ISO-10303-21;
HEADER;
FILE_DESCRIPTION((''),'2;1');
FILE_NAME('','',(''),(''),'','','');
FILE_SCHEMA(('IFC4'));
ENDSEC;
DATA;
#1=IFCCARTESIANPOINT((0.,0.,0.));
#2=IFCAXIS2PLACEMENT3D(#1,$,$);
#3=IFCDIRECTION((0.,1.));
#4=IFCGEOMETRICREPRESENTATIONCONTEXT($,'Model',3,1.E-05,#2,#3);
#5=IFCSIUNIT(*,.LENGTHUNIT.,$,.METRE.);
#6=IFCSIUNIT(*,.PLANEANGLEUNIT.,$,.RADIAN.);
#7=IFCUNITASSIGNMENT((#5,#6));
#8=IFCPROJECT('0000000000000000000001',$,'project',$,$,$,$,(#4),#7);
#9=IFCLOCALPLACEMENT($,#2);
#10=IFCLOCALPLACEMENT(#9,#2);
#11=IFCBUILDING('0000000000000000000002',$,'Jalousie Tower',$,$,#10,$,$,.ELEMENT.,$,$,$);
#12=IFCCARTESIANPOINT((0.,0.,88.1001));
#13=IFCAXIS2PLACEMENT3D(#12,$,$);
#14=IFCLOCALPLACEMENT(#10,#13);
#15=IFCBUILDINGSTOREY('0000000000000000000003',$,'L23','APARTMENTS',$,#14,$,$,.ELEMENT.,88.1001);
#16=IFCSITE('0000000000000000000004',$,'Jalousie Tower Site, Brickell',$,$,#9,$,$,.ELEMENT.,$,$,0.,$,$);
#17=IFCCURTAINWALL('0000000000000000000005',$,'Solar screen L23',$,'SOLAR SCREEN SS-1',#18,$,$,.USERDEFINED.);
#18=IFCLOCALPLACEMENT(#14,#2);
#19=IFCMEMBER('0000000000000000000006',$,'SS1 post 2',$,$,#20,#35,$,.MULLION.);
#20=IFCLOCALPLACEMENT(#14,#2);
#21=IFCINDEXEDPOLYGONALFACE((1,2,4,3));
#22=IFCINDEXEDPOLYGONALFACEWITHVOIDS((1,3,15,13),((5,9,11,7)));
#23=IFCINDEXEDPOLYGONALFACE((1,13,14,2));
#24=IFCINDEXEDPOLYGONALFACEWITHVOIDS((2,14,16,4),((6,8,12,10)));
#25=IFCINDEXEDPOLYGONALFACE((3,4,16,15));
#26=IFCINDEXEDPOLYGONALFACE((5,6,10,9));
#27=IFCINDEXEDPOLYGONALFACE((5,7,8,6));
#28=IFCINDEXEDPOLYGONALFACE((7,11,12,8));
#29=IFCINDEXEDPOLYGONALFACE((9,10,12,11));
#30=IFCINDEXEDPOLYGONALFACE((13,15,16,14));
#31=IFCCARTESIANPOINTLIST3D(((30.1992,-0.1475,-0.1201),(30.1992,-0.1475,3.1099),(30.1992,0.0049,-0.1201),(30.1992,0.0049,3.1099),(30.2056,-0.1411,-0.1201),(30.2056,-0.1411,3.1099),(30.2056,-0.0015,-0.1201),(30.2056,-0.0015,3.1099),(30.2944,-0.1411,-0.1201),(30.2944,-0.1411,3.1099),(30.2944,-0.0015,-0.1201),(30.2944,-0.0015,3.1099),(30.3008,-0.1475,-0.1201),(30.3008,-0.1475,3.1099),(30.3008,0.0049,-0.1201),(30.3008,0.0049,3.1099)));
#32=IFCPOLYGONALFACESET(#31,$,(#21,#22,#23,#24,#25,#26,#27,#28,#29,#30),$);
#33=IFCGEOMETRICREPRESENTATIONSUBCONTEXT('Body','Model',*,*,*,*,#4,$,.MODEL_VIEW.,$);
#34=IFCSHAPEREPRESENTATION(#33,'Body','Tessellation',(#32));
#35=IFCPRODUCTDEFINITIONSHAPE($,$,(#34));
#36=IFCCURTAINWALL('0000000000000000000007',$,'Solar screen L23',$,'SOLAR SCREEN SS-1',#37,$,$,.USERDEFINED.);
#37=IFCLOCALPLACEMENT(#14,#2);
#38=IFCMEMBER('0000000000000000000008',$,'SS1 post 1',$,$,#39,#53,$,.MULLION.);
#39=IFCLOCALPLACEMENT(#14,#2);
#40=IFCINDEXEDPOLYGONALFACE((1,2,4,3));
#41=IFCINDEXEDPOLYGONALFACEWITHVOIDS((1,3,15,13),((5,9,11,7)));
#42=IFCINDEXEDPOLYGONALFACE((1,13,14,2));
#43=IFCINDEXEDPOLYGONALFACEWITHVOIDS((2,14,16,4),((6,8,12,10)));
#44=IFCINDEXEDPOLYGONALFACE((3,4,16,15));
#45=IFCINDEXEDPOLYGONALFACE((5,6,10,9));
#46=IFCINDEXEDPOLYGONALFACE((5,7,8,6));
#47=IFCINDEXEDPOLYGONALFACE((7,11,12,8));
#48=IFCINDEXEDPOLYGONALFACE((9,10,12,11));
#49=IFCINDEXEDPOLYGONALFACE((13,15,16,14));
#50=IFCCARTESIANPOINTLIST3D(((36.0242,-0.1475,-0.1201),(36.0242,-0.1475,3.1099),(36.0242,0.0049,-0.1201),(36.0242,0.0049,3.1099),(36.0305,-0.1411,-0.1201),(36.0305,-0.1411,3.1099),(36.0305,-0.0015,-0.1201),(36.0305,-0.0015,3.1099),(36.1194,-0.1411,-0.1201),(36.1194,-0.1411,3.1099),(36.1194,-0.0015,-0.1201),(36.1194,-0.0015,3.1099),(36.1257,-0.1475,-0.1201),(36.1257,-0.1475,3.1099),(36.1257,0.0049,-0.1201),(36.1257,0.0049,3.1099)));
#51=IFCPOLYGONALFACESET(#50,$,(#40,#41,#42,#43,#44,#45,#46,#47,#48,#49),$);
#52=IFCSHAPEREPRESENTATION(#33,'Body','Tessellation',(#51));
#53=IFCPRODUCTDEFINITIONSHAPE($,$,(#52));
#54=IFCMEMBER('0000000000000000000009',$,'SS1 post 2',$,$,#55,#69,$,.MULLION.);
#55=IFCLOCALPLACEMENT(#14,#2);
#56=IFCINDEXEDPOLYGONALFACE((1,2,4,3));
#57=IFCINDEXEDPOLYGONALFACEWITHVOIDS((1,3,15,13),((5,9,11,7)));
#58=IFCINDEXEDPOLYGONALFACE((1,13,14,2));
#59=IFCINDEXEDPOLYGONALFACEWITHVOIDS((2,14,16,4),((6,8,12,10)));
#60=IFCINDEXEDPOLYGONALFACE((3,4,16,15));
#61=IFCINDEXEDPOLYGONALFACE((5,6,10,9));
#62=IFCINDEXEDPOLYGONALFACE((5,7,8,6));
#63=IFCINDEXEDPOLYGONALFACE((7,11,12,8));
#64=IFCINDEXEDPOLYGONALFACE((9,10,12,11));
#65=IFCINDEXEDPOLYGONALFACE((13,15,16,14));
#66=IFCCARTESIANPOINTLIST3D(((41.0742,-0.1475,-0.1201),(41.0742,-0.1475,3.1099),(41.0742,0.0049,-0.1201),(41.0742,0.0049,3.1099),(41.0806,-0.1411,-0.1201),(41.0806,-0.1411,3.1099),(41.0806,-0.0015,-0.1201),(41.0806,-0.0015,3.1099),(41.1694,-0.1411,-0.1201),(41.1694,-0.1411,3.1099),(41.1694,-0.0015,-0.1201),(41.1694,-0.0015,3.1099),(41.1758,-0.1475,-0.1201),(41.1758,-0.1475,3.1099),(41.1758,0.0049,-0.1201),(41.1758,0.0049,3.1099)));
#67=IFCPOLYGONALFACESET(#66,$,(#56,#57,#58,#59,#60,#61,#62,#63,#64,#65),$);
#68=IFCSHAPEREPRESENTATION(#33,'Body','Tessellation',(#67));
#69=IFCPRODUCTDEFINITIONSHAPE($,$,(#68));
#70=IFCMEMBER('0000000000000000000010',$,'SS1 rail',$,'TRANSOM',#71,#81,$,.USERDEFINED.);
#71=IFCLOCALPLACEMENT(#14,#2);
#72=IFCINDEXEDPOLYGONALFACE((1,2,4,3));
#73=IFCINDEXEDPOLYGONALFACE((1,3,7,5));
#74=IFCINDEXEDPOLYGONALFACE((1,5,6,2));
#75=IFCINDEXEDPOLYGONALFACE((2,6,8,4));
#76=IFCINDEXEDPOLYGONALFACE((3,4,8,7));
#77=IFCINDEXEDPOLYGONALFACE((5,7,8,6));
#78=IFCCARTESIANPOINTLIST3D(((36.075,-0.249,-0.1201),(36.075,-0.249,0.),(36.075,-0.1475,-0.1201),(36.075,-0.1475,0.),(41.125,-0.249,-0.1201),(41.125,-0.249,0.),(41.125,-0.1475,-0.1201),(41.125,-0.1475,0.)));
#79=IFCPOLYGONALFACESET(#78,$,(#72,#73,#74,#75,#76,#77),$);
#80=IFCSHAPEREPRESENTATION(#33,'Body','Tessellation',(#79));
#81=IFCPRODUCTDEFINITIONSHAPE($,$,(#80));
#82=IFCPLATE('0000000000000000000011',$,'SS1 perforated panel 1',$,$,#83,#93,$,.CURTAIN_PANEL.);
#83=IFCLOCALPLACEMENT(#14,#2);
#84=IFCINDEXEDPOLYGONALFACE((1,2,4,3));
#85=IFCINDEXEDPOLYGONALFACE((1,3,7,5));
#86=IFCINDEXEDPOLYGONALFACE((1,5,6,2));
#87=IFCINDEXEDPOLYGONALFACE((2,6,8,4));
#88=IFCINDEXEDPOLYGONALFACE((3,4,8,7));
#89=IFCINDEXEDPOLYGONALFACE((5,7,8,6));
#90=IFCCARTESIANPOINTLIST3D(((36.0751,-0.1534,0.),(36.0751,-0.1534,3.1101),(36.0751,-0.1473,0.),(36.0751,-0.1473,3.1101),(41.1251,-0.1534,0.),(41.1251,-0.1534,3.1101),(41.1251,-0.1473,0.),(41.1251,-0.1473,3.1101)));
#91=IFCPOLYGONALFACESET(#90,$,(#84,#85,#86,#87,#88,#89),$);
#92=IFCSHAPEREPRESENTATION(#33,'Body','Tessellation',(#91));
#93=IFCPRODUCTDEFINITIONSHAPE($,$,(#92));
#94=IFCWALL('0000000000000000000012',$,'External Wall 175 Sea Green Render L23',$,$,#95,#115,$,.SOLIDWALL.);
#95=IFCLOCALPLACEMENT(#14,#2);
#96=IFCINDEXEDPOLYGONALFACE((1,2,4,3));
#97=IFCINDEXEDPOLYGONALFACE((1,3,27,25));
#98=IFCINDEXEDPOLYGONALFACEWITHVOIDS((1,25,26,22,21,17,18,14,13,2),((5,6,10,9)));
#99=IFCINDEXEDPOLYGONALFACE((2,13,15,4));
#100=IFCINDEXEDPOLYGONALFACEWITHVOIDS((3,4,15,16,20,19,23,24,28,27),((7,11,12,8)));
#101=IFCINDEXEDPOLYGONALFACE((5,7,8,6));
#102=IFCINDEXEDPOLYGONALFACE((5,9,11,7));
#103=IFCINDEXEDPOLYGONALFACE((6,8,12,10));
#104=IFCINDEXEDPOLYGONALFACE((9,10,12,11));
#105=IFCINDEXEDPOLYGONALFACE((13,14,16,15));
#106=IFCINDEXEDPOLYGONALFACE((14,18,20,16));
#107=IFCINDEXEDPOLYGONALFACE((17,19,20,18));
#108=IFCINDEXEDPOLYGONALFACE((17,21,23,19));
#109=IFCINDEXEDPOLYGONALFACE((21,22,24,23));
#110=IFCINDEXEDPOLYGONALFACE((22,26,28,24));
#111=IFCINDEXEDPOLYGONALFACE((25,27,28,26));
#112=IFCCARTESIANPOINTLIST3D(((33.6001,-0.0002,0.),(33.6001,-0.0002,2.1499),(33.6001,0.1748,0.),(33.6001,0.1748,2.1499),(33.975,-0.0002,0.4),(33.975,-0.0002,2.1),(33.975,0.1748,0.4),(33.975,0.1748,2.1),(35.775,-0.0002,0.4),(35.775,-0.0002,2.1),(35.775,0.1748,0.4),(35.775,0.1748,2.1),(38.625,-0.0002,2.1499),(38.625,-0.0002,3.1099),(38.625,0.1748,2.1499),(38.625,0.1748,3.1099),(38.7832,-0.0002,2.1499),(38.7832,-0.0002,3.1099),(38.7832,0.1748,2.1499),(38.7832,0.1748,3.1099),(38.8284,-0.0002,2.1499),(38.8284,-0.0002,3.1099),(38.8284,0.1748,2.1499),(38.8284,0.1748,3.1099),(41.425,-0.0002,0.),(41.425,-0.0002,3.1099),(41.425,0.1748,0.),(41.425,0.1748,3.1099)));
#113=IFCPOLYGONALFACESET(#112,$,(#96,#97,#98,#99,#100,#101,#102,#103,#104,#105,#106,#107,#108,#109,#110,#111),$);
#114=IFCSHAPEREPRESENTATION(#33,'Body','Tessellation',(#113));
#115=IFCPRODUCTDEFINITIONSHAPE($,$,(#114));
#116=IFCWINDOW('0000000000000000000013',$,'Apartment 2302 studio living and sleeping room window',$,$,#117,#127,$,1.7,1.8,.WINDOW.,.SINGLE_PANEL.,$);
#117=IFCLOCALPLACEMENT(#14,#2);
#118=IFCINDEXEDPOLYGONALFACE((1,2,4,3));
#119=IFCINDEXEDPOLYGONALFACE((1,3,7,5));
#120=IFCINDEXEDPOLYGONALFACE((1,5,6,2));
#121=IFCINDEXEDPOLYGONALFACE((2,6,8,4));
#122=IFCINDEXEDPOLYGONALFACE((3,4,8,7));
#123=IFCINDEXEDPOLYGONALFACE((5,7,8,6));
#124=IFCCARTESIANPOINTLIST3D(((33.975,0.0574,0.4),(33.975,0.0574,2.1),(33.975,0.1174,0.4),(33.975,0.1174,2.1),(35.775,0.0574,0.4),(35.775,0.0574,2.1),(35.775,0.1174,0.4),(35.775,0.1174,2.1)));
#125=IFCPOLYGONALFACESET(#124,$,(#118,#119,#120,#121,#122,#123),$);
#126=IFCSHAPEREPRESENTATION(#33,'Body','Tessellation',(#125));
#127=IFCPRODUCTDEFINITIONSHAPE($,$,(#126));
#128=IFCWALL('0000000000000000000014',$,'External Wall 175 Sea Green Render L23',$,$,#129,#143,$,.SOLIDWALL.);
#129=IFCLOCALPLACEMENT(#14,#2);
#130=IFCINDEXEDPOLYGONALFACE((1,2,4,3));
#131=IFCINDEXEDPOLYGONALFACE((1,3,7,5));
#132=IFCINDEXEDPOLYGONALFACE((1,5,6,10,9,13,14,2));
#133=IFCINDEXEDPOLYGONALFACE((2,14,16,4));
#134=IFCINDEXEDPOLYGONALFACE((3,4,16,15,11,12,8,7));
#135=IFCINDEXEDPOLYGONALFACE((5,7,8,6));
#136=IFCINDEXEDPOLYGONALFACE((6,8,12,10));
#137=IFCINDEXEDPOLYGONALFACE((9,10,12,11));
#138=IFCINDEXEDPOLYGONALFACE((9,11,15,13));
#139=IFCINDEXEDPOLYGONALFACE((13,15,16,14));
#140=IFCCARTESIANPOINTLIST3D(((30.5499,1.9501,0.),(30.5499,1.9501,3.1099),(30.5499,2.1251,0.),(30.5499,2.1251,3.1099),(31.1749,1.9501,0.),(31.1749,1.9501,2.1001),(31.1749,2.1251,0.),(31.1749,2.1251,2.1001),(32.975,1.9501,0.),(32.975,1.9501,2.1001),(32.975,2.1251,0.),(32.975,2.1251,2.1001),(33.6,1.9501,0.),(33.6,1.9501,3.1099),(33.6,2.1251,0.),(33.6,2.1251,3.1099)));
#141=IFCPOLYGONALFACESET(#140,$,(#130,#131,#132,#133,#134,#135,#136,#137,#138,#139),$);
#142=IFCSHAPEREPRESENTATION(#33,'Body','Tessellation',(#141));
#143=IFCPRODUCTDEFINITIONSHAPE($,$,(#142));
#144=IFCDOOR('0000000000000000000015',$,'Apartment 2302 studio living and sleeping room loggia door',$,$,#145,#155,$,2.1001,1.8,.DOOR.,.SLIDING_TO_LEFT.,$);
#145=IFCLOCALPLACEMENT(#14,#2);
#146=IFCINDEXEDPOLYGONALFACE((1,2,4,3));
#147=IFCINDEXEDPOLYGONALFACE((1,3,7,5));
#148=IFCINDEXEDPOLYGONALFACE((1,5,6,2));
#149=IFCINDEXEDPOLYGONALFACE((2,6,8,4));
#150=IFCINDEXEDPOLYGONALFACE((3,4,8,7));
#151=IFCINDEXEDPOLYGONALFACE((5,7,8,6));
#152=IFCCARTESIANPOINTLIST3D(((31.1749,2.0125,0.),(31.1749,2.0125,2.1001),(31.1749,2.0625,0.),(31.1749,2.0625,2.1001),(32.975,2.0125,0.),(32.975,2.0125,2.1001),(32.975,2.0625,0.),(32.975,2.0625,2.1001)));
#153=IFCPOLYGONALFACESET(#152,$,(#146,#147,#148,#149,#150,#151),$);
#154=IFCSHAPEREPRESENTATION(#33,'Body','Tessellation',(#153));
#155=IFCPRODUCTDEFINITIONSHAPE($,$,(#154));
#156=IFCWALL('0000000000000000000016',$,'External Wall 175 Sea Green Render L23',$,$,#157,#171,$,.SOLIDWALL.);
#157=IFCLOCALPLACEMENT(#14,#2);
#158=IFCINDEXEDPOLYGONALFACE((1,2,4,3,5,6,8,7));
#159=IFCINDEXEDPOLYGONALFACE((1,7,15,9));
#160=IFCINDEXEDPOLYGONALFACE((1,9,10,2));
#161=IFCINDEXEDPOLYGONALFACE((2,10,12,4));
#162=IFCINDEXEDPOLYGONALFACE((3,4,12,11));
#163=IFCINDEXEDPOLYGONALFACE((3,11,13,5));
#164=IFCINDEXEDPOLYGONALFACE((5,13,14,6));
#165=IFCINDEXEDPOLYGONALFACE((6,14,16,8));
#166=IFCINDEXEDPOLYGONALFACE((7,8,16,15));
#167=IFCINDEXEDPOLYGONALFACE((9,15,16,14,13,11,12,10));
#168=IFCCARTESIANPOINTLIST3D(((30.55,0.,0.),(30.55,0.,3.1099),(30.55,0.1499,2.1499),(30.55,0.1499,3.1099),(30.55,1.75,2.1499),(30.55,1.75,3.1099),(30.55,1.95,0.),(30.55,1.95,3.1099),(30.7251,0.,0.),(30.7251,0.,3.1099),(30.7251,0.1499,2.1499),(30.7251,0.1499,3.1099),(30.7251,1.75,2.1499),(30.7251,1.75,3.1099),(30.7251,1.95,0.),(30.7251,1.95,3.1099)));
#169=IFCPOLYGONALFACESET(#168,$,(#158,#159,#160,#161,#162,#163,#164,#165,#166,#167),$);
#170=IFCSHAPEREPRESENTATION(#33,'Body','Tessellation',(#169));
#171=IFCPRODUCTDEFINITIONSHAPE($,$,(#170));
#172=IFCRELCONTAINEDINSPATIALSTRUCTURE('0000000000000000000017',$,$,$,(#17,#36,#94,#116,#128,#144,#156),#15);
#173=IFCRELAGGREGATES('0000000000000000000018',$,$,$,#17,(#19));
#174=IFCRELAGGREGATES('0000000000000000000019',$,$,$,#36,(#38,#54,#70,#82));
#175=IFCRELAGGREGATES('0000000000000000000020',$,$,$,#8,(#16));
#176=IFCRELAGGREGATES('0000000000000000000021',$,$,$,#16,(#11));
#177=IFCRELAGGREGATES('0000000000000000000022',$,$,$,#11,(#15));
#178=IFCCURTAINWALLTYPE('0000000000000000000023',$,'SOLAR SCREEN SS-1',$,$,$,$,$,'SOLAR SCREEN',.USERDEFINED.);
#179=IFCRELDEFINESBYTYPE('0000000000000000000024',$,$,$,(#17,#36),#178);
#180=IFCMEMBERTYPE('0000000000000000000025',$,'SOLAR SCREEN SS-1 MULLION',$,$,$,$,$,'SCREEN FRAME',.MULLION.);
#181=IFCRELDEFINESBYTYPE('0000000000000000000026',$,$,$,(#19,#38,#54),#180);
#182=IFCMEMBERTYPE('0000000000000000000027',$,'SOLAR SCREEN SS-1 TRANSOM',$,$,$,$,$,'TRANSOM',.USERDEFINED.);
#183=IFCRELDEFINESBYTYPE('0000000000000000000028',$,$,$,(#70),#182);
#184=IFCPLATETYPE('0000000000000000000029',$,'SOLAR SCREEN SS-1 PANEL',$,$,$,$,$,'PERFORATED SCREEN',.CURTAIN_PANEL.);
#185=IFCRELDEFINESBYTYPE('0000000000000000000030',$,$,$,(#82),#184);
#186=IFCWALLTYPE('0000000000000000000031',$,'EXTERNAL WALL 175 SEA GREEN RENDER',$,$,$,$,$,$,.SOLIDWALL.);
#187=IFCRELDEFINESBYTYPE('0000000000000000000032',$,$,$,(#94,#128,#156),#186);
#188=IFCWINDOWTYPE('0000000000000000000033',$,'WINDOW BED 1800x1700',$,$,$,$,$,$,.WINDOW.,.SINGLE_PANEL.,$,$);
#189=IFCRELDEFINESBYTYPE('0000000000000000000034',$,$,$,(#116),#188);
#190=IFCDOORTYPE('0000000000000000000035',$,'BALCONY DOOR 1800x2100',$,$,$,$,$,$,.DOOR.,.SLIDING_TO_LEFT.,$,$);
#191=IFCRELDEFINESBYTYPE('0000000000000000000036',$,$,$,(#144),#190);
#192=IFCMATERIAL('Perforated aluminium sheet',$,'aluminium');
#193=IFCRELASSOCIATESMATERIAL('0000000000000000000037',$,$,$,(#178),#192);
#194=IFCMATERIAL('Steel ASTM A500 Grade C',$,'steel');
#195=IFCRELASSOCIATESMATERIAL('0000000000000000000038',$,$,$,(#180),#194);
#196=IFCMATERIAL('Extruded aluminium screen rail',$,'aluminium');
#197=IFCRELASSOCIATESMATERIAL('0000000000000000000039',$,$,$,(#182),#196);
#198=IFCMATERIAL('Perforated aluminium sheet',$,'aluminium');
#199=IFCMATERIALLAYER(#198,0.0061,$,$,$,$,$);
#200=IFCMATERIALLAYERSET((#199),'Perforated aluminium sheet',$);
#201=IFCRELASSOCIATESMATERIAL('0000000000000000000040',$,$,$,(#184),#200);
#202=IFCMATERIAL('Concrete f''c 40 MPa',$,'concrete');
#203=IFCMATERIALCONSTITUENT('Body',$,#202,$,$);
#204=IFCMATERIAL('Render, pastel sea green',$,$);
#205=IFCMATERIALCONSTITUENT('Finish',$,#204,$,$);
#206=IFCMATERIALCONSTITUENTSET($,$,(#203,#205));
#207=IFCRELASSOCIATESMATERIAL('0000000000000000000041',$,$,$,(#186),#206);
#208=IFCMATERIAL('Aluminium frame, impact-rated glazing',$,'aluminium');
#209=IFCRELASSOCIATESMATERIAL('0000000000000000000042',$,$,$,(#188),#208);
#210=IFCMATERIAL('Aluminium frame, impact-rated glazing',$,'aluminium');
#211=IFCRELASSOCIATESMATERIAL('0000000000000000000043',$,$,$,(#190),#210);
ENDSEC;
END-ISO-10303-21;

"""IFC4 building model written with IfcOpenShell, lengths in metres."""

from ifc_helpers import new_model, si_unit, direction, frame, frame_2d, origin, origin_2d, place, context, subcontext, project, spatial, polyline, rectangle, hollow_rectangle, outline, extrude, material, layer, layer_set, constituent, constituent_set, material_profile, profile_set, type_object, element, fill, aggregate, save


model = new_model("IFC4")

# Units and contexts
model_context = context("Model", 3, precision=1e-05, world=origin(), true_north=direction((0.0, 1.0)))
body_context = subcontext(model_context, "Body", "Model", "MODEL_VIEW")
ifc_project = project(units=[si_unit("LENGTHUNIT", "METRE"), si_unit("PLANEANGLEUNIT", "RADIAN")], contexts=[model_context])

# Site, building, storey
site_placement = place(None, origin())
site = spatial("IfcSite", under=ifc_project, at=site_placement, Name="Jalousie Tower Site, Brickell", CompositionType="ELEMENT", RefElevation=0.0)
building_placement = place(site_placement, origin())
building = spatial("IfcBuilding", under=site, at=building_placement, Name="Jalousie Tower", CompositionType="ELEMENT")
storey_placement = place(building_placement, frame((0.0, 0.0, 88.1001)))
storey = spatial("IfcBuildingStorey", under=building, at=storey_placement, Name="L23", Description="APARTMENTS", CompositionType="ELEMENT", Elevation=88.1001)

# Curtain wall, member
ifc_material_1 = material(Name="Perforated aluminium sheet", Category="aluminium")
curtain_wall_type = type_object("IfcCurtainWallType", Name="SOLAR SCREEN SS-1", ElementType="SOLAR SCREEN", PredefinedType="USERDEFINED", material=ifc_material_1)
curtain_wall_1_placement = place(storey_placement, origin())
curtain_wall_1 = element("IfcCurtainWall", 1, at=curtain_wall_1_placement, inside=storey, type_object=curtain_wall_type, Name="Solar screen L23", ObjectType="SOLAR SCREEN SS-1", PredefinedType="USERDEFINED")
ifc_material_2 = material(Name="Steel ASTM A500 Grade C", Category="steel")
ifc_material_profile_1 = material_profile(ifc_material_2, hollow_rectangle(XDim=0.1016, YDim=0.1523, WallThickness=0.0063, at=origin_2d()), Name="HSS6X4X1/4")
ifc_profile_set_1 = profile_set([ifc_material_profile_1], Name="Steel ASTM A500 Grade C")
member_type_1 = type_object("IfcMemberType", Name="SOLAR SCREEN SS-1 MULLION", ElementType="SCREEN FRAME", PredefinedType="MULLION", material=ifc_profile_set_1)
member_1_placement = place(storey_placement, frame((30.25, -0.0713, -0.1201), z_axis=(0.0, 0.0, 1.0), x_axis=(1.0, 0.0, 0.0)))
member_1 = element("IfcMember", 2, at=member_1_placement, type_object=member_type_1, Name="SS1 post 2", PredefinedType="MULLION", context=body_context, shape_type="SweptSolid", body=[
    extrude(hollow_rectangle(XDim=0.1016, YDim=0.1523, WallThickness=0.0063, at=origin_2d()), origin(), (0.0, 0.0, 1.0), 3.23),
])
aggregate(curtain_wall_1, [member_1])

# Curtain wall, members, plate
curtain_wall_2_placement = place(storey_placement, origin())
curtain_wall_2 = element("IfcCurtainWall", 3, at=curtain_wall_2_placement, inside=storey, type_object=curtain_wall_type, Name="Solar screen L23", ObjectType="SOLAR SCREEN SS-1", PredefinedType="USERDEFINED")
member_2_placement = place(storey_placement, frame((36.075, -0.0713, -0.1201), z_axis=(0.0, 0.0, 1.0), x_axis=(1.0, 0.0, 0.0)))
member_2 = element("IfcMember", 4, at=member_2_placement, type_object=member_type_1, Name="SS1 post 1", PredefinedType="MULLION", context=body_context, shape_type="SweptSolid", body=[
    extrude(hollow_rectangle(XDim=0.1016, YDim=0.1523, WallThickness=0.0063, at=origin_2d()), origin(), (0.0, 0.0, 1.0), 3.23),
])
member_3_placement = place(storey_placement, frame((41.125, -0.0713, -0.1201), z_axis=(0.0, 0.0, 1.0), x_axis=(1.0, 0.0, 0.0)))
member_3 = element("IfcMember", 5, at=member_3_placement, type_object=member_type_1, Name="SS1 post 2", PredefinedType="MULLION", context=body_context, shape_type="SweptSolid", body=[
    extrude(hollow_rectangle(XDim=0.1016, YDim=0.1523, WallThickness=0.0063, at=origin_2d()), origin(), (0.0, 0.0, 1.0), 3.23),
])
ifc_material_3 = material(Name="Extruded aluminium screen rail", Category="aluminium")
ifc_material_profile_2 = material_profile(ifc_material_3, rectangle(XDim=0.1016, YDim=0.1201, at=origin_2d()), Name="RAIL 102x120")
ifc_profile_set_2 = profile_set([ifc_material_profile_2], Name="Extruded aluminium screen rail")
member_type_2 = type_object("IfcMemberType", Name="SOLAR SCREEN SS-1 TRANSOM", ElementType="TRANSOM", PredefinedType="USERDEFINED", material=ifc_profile_set_2)
member_4_placement = place(storey_placement, frame((36.075, -0.1982, -0.0601), z_axis=(1.0, 0.0, 0.0), x_axis=(0.0, 1.0, 0.0)))
member_4 = element("IfcMember", 6, at=member_4_placement, type_object=member_type_2, Name="SS1 rail", ObjectType="TRANSOM", PredefinedType="USERDEFINED", context=body_context, shape_type="SweptSolid", body=[
    extrude(rectangle(XDim=0.1016, YDim=0.1201, at=origin_2d()), origin(), (0.0, 0.0, 1.0), 5.05),
])
ifc_material_4 = material(Name="Perforated aluminium sheet", Category="aluminium")
ifc_layer_1 = layer(ifc_material_4, 0.0061)
ifc_layer_set_1 = layer_set([ifc_layer_1], Name="Perforated aluminium sheet")
plate_type = type_object("IfcPlateType", Name="SOLAR SCREEN SS-1 PANEL", ElementType="PERFORATED SCREEN", PredefinedType="CURTAIN_PANEL", material=ifc_layer_set_1)
plate_placement = place(storey_placement, frame((38.6001, -0.1504, 0.0), z_axis=(0.0, 0.0, 1.0), x_axis=(1.0, 0.0, 0.0)))
plate = element("IfcPlate", 7, at=plate_placement, type_object=plate_type, Name="SS1 perforated panel 1", PredefinedType="CURTAIN_PANEL", context=body_context, shape_type="SweptSolid", body=[
    extrude(rectangle(XDim=5.05, YDim=0.0061, at=origin_2d()), origin(), (0.0, 0.0, 1.0), 3.1101),
])
aggregate(curtain_wall_2, [member_2, member_3, member_4, plate])

# Wall, opening, window
ifc_material_5 = material(Name="Concrete f'c 40 MPa", Category="concrete")
ifc_constituent_1 = constituent(ifc_material_5, Name="Body")
ifc_material_6 = material(Name="Render, pastel sea green")
ifc_constituent_2 = constituent(ifc_material_6, Name="Finish")
ifc_constituent_set_1 = constituent_set(constituents=[ifc_constituent_1, ifc_constituent_2])
wall_type_1 = type_object("IfcWallType", Name="EXTERNAL WALL 175 SEA GREEN RENDER", PredefinedType="SOLIDWALL", material=ifc_constituent_set_1)
wall_1_placement = place(storey_placement, frame((33.6001, 0.0874, 0.0), z_axis=(0.0, 0.0, 1.0), x_axis=(1.0, 0.0, 0.0)))
wall_1 = element("IfcWall", 8, at=wall_1_placement, inside=storey, type_object=wall_type_1, Name="External Wall 175 Sea Green Render L23", PredefinedType="SOLIDWALL", context=body_context, shape_type="SweptSolid", body=[
    extrude(outline(polyline([(0.0, 0.0), (7.825, 0.0), (7.825, 3.1099), (5.2283, 3.1099), (5.2283, 2.1499), (5.1831, 2.1499), (5.1831, 3.1099), (5.0249, 3.1099), (5.0249, 2.1499), (0.0, 2.1499), (0.0, 0.0)])), frame((0.0, 0.0874, 0.0), z_axis=(0.0, -1.0, 0.0), x_axis=(1.0, 0.0, 0.0)), (0.0, 0.0, 1.0), 0.175),
])
opening_1_placement = place(wall_1_placement, frame((0.375, 0.0, 0.3999)))
opening_1 = element("IfcOpeningElement", 9, at=opening_1_placement, cuts=wall_1, PredefinedType="OPENING", context=body_context, shape_type="SweptSolid", body=[
    extrude(rectangle(XDim=1.8, YDim=1.7, at=frame_2d((0.8999, 0.8501))), frame((0.0, 0.0974, 0.0), z_axis=(0.0, -1.0, 0.0), x_axis=(1.0, 0.0, 0.0)), (0.0, 0.0, 1.0), 0.1951),
])
ifc_material_7 = material(Name="Aluminium frame, impact-rated glazing", Category="aluminium")
window_type = type_object("IfcWindowType", Name="WINDOW BED 1800x1700", PartitioningType="SINGLE_PANEL", PredefinedType="WINDOW", material=ifc_material_7)
window_placement = place(opening_1_placement, origin())
window = element("IfcWindow", 10, at=window_placement, inside=storey, type_object=window_type, Name="Apartment 2302 studio living and sleeping room window", OverallHeight=1.7, OverallWidth=1.8, PartitioningType="SINGLE_PANEL", PredefinedType="WINDOW", context=body_context, shape_type="SweptSolid", body=[
    extrude(rectangle(XDim=1.8, YDim=1.7, at=frame_2d((0.8999, 0.8501))), frame((0.0, 0.03, 0.0), z_axis=(0.0, -1.0, 0.0), x_axis=(1.0, 0.0, 0.0)), (0.0, 0.0, 1.0), 0.0601),
])
fill(opening_1, window)

# Wall, opening, door
wall_2_placement = place(storey_placement, frame((30.55, 2.0376, 0.0), z_axis=(0.0, 0.0, 1.0), x_axis=(1.0, 0.0, 0.0)))
wall_2 = element("IfcWall", 11, at=wall_2_placement, inside=storey, type_object=wall_type_1, Name="External Wall 175 Sea Green Render L23", PredefinedType="SOLIDWALL", context=body_context, shape_type="SweptSolid", body=[
    extrude(rectangle(XDim=3.05, YDim=0.175, at=frame_2d((1.5249, 0.0))), origin(), (0.0, 0.0, 1.0), 3.1099),
])
opening_2_placement = place(wall_2_placement, frame((0.625, 0.0, 0.0)))
opening_2 = element("IfcOpeningElement", 12, at=opening_2_placement, cuts=wall_2, PredefinedType="OPENING", context=body_context, shape_type="SweptSolid", body=[
    extrude(rectangle(XDim=1.8, YDim=2.1001, at=frame_2d((0.8999, 1.05))), frame((0.0, 0.0974, 0.0), z_axis=(0.0, -1.0, 0.0), x_axis=(1.0, 0.0, 0.0)), (0.0, 0.0, 1.0), 0.1951),
])
ifc_material_8 = material(Name="Aluminium frame, impact-rated glazing", Category="aluminium")
door_type = type_object("IfcDoorType", Name="BALCONY DOOR 1800x2100", OperationType="SLIDING_TO_LEFT", PredefinedType="DOOR", material=ifc_material_8)
door_placement = place(opening_2_placement, origin())
door = element("IfcDoor", 13, at=door_placement, inside=storey, type_object=door_type, Name="Apartment 2302 studio living and sleeping room loggia door", OperationType="SLIDING_TO_LEFT", OverallHeight=2.1001, OverallWidth=1.8, PredefinedType="DOOR", context=body_context, shape_type="SweptSolid", body=[
    extrude(rectangle(XDim=1.8, YDim=2.1001, at=frame_2d((0.8999, 1.05))), frame((0.0, 0.0249, 0.0), z_axis=(0.0, -1.0, 0.0), x_axis=(1.0, 0.0, 0.0)), (0.0, 0.0, 1.0), 0.05),
])
fill(opening_2, door)

# Wall
for number, where, z_axis, x_axis, name in (
    (14, (30.6375, 0.0, 0.0), (0.0, 0.0, 1.0), (0.0, 1.0, 0.0), "External Wall 175 Sea Green Render L23"),
):
    element("IfcWall", number, at=place(storey_placement, frame(where, z_axis=z_axis, x_axis=x_axis)), inside=storey, type_object=wall_type_1, Name=name, PredefinedType="SOLIDWALL", context=body_context, shape_type="SweptSolid", body=[
        extrude(outline(polyline([(0.0, 0.0), (1.95, 0.0), (1.95, 3.1099), (1.75, 3.1099), (1.75, 2.1499), (0.1499, 2.1499), (0.1499, 3.1099), (0.0, 3.1099), (0.0, 0.0)])), frame((0.0, 0.0874, 0.0), z_axis=(0.0, -1.0, 0.0), x_axis=(1.0, 0.0, 0.0)), (0.0, 0.0, 1.0), 0.175),
    ])

save(model, "model.ifc")
